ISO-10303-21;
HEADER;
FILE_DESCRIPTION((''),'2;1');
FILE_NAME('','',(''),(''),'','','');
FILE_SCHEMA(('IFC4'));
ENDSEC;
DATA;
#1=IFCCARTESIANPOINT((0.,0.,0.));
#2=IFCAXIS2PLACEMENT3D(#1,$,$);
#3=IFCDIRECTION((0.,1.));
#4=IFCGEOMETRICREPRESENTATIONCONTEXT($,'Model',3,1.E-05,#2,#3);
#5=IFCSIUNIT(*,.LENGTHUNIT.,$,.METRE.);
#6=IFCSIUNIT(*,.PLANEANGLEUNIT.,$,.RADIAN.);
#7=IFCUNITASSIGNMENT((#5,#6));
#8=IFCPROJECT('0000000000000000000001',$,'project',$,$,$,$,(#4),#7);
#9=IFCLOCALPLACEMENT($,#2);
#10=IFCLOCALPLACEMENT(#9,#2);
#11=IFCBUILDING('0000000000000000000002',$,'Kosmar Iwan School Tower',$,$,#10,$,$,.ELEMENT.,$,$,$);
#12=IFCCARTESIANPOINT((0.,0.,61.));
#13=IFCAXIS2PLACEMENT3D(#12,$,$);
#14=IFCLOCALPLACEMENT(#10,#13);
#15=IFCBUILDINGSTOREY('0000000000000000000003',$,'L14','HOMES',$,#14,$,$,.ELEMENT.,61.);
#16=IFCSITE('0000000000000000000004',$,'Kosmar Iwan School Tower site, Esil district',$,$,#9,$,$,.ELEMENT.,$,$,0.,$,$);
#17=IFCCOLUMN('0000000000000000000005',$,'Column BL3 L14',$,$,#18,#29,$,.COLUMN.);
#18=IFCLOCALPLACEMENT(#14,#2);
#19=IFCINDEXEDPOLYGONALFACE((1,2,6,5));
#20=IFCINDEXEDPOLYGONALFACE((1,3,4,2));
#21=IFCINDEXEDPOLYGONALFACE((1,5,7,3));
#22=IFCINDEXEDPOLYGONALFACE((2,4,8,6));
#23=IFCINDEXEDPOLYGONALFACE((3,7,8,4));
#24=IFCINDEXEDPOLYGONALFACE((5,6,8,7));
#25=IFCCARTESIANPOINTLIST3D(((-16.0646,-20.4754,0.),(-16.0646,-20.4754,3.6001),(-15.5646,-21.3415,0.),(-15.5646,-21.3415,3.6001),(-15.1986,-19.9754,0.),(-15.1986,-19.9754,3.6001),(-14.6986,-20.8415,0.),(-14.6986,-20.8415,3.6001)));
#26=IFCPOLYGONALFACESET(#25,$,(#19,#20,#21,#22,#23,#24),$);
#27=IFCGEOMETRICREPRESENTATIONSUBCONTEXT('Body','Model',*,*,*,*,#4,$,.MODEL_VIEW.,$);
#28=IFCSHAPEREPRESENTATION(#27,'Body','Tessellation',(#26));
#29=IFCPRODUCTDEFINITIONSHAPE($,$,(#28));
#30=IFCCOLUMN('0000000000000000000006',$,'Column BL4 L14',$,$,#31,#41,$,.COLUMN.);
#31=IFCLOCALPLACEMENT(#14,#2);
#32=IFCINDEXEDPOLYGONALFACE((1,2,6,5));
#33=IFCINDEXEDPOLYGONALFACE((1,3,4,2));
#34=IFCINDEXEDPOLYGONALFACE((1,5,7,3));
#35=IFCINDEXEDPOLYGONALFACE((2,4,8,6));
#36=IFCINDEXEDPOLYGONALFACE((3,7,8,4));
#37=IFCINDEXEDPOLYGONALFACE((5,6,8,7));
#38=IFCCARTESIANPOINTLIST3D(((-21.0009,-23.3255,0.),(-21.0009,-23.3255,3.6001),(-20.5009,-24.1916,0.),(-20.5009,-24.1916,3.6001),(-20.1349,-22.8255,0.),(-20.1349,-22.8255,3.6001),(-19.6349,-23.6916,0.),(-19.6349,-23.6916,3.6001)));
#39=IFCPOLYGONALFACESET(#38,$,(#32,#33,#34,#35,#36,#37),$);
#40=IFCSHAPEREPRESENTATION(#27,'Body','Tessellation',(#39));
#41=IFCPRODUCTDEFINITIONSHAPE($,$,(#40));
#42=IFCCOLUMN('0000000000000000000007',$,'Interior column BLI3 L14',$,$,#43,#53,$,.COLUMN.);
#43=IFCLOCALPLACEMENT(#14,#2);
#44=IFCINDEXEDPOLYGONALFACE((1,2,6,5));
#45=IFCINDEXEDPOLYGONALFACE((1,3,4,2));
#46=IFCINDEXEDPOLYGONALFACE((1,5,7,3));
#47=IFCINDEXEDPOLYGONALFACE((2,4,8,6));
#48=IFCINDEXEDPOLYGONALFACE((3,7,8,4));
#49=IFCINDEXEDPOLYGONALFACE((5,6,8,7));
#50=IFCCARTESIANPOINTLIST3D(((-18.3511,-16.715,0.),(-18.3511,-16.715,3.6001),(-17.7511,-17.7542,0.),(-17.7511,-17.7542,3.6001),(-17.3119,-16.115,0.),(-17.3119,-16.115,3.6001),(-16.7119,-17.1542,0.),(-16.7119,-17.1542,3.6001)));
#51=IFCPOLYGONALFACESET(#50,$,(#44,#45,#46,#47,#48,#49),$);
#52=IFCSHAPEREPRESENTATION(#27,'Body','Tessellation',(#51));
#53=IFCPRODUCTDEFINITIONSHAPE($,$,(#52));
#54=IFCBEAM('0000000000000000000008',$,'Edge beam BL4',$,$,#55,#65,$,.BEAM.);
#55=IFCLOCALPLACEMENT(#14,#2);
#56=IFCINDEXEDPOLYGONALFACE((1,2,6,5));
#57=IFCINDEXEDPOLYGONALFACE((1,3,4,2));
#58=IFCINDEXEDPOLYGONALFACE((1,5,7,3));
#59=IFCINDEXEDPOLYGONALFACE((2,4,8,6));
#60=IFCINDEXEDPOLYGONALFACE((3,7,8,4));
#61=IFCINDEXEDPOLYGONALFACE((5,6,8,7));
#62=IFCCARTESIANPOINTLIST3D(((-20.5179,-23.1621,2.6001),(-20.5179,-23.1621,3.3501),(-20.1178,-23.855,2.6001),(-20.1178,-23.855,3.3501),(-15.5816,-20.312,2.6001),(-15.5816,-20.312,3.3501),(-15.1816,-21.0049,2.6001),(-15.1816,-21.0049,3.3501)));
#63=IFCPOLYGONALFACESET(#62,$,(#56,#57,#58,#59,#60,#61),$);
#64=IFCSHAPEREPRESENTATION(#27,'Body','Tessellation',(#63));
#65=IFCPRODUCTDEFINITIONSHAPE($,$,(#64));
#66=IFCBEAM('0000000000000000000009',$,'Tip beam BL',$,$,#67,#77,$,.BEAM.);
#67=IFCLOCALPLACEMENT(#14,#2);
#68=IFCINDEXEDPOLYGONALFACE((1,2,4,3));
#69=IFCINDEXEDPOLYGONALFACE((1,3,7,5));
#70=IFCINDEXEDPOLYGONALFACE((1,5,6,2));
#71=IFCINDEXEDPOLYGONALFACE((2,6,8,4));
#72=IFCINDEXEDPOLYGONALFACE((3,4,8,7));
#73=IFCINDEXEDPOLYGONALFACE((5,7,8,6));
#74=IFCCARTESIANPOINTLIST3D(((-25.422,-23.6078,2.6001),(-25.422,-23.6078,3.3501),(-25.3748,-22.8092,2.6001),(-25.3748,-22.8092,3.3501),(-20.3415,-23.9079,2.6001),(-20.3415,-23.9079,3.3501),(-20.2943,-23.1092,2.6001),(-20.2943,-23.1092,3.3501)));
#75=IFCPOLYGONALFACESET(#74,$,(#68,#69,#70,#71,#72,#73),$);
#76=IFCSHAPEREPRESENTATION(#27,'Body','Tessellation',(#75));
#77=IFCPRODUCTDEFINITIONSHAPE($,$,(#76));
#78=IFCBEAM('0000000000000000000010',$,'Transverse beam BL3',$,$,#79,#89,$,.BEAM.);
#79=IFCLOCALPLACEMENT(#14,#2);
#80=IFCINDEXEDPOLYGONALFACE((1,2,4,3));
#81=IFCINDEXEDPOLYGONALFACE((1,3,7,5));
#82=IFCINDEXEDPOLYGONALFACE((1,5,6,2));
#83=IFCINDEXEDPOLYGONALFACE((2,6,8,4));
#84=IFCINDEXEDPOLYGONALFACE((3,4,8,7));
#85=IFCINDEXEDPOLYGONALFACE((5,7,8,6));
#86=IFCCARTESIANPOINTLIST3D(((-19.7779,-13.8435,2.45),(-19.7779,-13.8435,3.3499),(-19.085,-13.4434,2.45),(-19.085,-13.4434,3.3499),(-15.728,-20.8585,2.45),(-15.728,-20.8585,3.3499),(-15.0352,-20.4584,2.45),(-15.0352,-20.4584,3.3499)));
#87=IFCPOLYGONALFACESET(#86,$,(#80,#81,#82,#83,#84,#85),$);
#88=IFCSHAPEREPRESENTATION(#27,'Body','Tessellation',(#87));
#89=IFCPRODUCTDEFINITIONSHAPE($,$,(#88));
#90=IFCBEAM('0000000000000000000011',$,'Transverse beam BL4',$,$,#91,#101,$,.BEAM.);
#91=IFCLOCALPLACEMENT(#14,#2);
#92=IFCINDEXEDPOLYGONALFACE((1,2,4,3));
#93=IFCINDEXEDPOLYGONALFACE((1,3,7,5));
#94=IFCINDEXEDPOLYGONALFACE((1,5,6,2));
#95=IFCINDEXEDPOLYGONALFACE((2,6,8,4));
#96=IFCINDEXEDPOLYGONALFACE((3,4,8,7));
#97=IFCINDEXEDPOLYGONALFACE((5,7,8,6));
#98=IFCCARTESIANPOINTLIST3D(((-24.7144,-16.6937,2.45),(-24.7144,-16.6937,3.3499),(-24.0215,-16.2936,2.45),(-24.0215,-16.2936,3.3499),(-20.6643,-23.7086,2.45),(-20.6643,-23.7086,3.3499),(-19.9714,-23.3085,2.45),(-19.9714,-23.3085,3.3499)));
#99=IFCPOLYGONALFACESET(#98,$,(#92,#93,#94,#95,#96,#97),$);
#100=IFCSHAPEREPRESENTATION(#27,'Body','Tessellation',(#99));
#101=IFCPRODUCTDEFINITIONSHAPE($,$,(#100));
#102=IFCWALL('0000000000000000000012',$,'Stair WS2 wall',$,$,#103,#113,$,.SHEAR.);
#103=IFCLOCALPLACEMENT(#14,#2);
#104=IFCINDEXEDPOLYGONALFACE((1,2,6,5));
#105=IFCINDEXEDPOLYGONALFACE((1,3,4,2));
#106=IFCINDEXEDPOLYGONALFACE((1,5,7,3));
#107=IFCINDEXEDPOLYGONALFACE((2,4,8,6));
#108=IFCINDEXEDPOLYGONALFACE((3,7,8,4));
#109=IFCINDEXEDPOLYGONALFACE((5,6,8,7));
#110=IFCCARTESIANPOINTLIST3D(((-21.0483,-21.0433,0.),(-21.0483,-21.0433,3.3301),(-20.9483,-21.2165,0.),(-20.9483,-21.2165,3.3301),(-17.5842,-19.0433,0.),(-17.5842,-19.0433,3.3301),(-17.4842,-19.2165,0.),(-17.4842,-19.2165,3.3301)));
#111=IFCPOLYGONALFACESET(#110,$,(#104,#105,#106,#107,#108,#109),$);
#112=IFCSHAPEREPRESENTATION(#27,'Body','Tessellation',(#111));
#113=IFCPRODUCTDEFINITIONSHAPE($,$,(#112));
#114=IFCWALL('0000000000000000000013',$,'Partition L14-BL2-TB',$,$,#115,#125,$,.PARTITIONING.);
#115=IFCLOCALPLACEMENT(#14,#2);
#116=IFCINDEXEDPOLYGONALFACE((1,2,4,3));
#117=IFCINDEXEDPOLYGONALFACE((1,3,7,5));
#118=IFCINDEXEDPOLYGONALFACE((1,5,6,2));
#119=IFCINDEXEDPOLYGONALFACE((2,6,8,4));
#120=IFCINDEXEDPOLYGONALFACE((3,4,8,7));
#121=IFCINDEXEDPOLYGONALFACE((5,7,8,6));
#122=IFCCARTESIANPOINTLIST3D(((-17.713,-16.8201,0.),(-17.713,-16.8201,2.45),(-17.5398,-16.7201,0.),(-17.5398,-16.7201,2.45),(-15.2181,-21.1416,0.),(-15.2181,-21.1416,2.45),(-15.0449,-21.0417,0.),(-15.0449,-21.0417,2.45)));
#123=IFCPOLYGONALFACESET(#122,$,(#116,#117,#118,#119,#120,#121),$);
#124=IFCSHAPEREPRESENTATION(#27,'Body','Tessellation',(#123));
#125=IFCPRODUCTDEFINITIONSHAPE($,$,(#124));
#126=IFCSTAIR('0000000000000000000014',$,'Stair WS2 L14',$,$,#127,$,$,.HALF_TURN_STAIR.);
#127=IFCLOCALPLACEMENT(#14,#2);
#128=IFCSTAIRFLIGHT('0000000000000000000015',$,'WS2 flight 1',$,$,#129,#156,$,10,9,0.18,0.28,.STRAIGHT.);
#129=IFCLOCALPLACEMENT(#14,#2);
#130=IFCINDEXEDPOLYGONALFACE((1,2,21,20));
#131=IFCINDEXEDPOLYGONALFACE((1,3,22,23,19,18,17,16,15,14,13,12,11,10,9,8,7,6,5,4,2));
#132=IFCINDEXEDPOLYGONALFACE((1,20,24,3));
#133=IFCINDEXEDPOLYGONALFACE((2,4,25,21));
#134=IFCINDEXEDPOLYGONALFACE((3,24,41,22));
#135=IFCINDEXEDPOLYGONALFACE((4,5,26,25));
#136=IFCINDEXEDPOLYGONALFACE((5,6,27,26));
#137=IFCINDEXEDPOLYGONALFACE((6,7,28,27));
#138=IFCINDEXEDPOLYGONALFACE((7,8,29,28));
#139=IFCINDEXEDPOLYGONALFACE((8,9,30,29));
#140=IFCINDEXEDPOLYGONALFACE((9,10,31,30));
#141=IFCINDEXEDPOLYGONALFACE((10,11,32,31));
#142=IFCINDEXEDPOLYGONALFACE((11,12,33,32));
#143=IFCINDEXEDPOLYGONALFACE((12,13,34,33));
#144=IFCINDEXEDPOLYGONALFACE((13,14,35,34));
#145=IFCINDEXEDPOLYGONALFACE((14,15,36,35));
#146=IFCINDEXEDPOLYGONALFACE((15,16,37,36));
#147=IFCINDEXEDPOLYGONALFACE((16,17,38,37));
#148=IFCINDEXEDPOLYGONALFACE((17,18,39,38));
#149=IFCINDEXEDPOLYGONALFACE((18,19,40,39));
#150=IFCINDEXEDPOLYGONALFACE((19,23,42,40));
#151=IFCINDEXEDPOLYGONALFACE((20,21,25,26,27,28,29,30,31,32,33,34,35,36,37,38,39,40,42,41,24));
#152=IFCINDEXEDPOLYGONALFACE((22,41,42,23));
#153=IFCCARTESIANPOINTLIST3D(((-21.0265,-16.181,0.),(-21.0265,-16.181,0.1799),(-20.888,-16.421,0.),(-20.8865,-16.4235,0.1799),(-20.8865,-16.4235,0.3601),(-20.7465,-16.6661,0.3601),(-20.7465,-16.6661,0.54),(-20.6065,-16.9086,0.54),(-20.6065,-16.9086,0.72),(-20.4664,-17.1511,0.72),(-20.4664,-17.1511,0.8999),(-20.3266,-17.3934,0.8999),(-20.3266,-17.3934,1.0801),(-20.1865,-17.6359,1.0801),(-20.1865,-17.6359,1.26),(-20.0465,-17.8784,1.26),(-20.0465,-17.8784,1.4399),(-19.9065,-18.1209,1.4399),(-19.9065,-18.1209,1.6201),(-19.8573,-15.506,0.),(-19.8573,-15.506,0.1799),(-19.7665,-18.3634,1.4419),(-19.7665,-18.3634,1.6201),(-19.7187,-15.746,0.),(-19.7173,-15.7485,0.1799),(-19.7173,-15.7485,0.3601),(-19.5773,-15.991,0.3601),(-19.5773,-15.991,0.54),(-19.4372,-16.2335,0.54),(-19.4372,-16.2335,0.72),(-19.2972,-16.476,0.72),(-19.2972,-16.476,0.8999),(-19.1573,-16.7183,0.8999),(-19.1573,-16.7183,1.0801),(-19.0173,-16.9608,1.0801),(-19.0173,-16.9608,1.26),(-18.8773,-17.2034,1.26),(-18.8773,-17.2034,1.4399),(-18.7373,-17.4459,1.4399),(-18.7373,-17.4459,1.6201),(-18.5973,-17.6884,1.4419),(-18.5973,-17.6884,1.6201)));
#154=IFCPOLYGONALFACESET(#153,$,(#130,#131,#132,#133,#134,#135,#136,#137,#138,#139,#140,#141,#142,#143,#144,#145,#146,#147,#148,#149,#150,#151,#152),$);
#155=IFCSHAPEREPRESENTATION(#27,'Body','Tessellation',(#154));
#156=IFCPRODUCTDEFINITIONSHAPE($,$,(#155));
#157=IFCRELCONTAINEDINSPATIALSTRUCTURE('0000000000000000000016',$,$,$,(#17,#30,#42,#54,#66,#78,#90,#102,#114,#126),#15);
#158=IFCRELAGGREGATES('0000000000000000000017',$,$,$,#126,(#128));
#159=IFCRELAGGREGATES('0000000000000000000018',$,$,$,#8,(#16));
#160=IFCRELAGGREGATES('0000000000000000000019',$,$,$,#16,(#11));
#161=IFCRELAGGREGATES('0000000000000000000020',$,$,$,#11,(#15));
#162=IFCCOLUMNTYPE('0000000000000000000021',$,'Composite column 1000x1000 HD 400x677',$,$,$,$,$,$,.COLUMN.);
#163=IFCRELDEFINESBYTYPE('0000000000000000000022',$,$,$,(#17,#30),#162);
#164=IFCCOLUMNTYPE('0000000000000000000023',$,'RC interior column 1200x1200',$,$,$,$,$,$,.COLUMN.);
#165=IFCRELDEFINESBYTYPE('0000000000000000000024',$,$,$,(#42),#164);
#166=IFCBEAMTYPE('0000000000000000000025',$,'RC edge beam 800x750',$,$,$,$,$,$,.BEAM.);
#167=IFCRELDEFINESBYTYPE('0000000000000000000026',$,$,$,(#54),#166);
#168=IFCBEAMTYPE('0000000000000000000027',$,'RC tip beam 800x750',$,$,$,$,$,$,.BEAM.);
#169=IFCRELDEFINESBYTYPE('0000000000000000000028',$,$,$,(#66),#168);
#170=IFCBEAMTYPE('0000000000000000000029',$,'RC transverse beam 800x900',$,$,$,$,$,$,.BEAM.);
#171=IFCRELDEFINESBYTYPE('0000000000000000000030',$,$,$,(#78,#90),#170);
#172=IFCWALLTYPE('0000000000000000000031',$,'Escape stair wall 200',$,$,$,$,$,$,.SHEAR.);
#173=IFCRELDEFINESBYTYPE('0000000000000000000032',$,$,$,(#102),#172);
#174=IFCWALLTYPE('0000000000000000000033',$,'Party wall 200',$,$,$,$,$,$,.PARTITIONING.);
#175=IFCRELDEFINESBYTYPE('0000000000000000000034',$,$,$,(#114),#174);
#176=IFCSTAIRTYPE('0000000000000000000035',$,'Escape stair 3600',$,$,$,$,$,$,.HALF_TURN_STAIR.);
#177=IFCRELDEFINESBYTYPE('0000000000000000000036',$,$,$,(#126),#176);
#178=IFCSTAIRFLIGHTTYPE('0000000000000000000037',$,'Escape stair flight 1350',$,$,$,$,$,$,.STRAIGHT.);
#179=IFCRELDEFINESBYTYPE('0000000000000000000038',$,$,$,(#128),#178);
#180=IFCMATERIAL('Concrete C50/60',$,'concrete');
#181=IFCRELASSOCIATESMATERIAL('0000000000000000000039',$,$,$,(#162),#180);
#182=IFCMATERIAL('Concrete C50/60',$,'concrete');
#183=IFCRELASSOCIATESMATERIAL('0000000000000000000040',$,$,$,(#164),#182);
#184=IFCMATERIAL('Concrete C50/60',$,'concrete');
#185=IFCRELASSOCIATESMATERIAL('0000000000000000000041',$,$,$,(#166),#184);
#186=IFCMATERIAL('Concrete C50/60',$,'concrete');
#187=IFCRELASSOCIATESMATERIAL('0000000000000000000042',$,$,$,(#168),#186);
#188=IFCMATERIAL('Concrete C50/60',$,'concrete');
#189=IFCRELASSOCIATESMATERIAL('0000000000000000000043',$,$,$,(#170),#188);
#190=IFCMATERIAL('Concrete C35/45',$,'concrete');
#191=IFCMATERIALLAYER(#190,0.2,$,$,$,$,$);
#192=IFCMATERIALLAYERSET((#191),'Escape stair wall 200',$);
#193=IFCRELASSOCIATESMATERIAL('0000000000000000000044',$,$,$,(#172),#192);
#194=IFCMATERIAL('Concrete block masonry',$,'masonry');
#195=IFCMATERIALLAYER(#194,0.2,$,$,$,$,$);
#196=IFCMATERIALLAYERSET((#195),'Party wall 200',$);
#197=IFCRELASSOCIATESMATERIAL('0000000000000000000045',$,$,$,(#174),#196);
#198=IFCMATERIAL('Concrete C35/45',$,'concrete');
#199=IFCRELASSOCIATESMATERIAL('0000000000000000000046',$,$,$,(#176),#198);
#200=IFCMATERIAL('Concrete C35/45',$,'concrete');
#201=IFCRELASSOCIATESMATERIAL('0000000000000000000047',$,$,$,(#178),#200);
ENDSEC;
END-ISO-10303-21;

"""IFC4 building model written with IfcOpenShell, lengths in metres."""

from ifc_helpers import new_model, si_unit, direction, frame, frame_2d, origin, origin_2d, place, context, subcontext, project, spatial, polyline, rectangle, outline, extrude, material, layer, layer_set, material_profile, profile_set, type_object, element, aggregate, save


model = new_model("IFC4")

# Units and contexts
model_context = context("Model", 3, precision=1e-05, world=origin(), true_north=direction((0.0, 1.0)))
body_context = subcontext(model_context, "Body", "Model", "MODEL_VIEW")
ifc_project = project(units=[si_unit("LENGTHUNIT", "METRE"), si_unit("PLANEANGLEUNIT", "RADIAN")], contexts=[model_context])

# Site, building, storey
site_placement = place(None, origin())
site = spatial("IfcSite", under=ifc_project, at=site_placement, Name="Kosmar Iwan School Tower site, Esil district", CompositionType="ELEMENT", RefElevation=0.0)
building_placement = place(site_placement, origin())
building = spatial("IfcBuilding", under=site, at=building_placement, Name="Kosmar Iwan School Tower", CompositionType="ELEMENT")
storey_placement = place(building_placement, frame((0.0, 0.0, 61.0)))
storey = spatial("IfcBuildingStorey", under=building, at=storey_placement, Name="L14", Description="HOMES", CompositionType="ELEMENT", Elevation=61.0)

# Columns
ifc_material_1 = material(Name="Concrete C50/60", Category="concrete")
ifc_material_profile_1 = material_profile(ifc_material_1, rectangle(XDim=1.0, YDim=1.0, at=origin_2d()), Name="RC 1000x1000 + HD 400x677")
ifc_profile_set_1 = profile_set([ifc_material_profile_1], Name="Concrete C50/60")
column_type_1 = type_object("IfcColumnType", Name="Composite column 1000x1000 HD 400x677", PredefinedType="COLUMN", material=ifc_profile_set_1)
for number, where, z_axis, x_axis, name in (
    (1, (-15.3816, -20.6584, 0.0), (0.0, 0.0, 1.0), (-0.866025, -0.5, 0.0), "Column BL3 L14"),
    (2, (-20.3179, -23.5085, 0.0), (0.0, 0.0, 1.0), (-0.866025, -0.5, 0.0), "Column BL4 L14"),
):
    element("IfcColumn", number, at=place(storey_placement, frame(where, z_axis=z_axis, x_axis=x_axis)), inside=storey, type_object=column_type_1, Name=name, PredefinedType="COLUMN", context=body_context, shape_type="SweptSolid", body=[
        extrude(rectangle(XDim=1.0, YDim=1.0, at=origin_2d()), origin(), (0.0, 0.0, 1.0), 3.6001),
    ])
ifc_material_2 = material(Name="Concrete C50/60", Category="concrete")
ifc_material_profile_2 = material_profile(ifc_material_2, rectangle(XDim=1.2, YDim=1.2, at=origin_2d()), Name="RC 1200x1200")
ifc_profile_set_2 = profile_set([ifc_material_profile_2], Name="Concrete C50/60")
column_type_2 = type_object("IfcColumnType", Name="RC interior column 1200x1200", PredefinedType="COLUMN", material=ifc_profile_set_2)
column_placement = place(storey_placement, frame((-17.5315, -16.9346, 0.0), z_axis=(0.0, 0.0, 1.0), x_axis=(-0.866025, -0.5, 0.0)))
element("IfcColumn", 3, at=column_placement, inside=storey, type_object=column_type_2, Name="Interior column BLI3 L14", PredefinedType="COLUMN", context=body_context, shape_type="SweptSolid", body=[
    extrude(rectangle(XDim=1.2, YDim=1.2, at=origin_2d()), origin(), (0.0, 0.0, 1.0), 3.6001),
])

# Beams
ifc_material_3 = material(Name="Concrete C50/60", Category="concrete")
ifc_material_profile_3 = material_profile(ifc_material_3, rectangle(XDim=0.8, YDim=0.75, at=origin_2d()), Name="RC 800x750")
ifc_profile_set_3 = profile_set([ifc_material_profile_3], Name="Concrete C50/60")
beam_type_1 = type_object("IfcBeamType", Name="RC edge beam 800x750", PredefinedType="BEAM", material=ifc_profile_set_3)
beam_1_placement = place(storey_placement, frame((-15.3816, -20.6584, 2.9751), z_axis=(-0.866015, -0.500018, 0.0), x_axis=(0.500018, -0.866015, 0.0)))
element("IfcBeam", 4, at=beam_1_placement, inside=storey, type_object=beam_type_1, Name="Edge beam BL4", PredefinedType="BEAM", context=body_context, shape_type="SweptSolid", body=[
    extrude(rectangle(XDim=0.8, YDim=0.75, at=origin_2d()), origin(), (0.0, 0.0, 1.0), 5.7),
])
ifc_material_4 = material(Name="Concrete C50/60", Category="concrete")
ifc_material_profile_4 = material_profile(ifc_material_4, rectangle(XDim=0.8, YDim=0.75, at=origin_2d()), Name="RC 800x750")
ifc_profile_set_4 = profile_set([ifc_material_profile_4], Name="Concrete C50/60")
beam_type_2 = type_object("IfcBeamType", Name="RC tip beam 800x750", PredefinedType="BEAM", material=ifc_profile_set_4)
beam_2_placement = place(storey_placement, frame((-20.3179, -23.5085, 2.9751), z_axis=(-0.998261, 0.058955, 0.0), x_axis=(-0.058955, -0.998261, 0.0)))
element("IfcBeam", 5, at=beam_2_placement, inside=storey, type_object=beam_type_2, Name="Tip beam BL", PredefinedType="BEAM", context=body_context, shape_type="SweptSolid", body=[
    extrude(rectangle(XDim=0.8, YDim=0.75, at=origin_2d()), origin(), (0.0, 0.0, 1.0), 5.0894),
])
ifc_material_5 = material(Name="Concrete C50/60", Category="concrete")
ifc_material_profile_5 = material_profile(ifc_material_5, rectangle(XDim=0.8, YDim=0.8999, at=origin_2d()), Name="RC 800x900")
ifc_profile_set_5 = profile_set([ifc_material_profile_5], Name="Concrete C50/60")
beam_type_3 = type_object("IfcBeamType", Name="RC transverse beam 800x900", PredefinedType="BEAM", material=ifc_profile_set_5)
for number, where, z_axis, x_axis, name in (
    (6, (-15.3816, -20.6584, 2.8999), (-0.499977, 0.866039, 0.0), (-0.866039, -0.499977, 0.0), "Transverse beam BL3"),
    (7, (-20.3179, -23.5085, 2.8999), (-0.5, 0.866025, 0.0), (-0.866025, -0.5, 0.0), "Transverse beam BL4"),
):
    element("IfcBeam", number, at=place(storey_placement, frame(where, z_axis=z_axis, x_axis=x_axis)), inside=storey, type_object=beam_type_3, Name=name, PredefinedType="BEAM", context=body_context, shape_type="SweptSolid", body=[
        extrude(rectangle(XDim=0.8, YDim=0.8999, at=origin_2d()), origin(), (0.0, 0.0, 1.0), 8.1001),
    ])

# Walls
ifc_material_6 = material(Name="Concrete C35/45", Category="concrete")
ifc_layer_1 = layer(ifc_material_6, 0.2)
ifc_layer_set_1 = layer_set([ifc_layer_1], Name="Escape stair wall 200")
wall_type_1 = type_object("IfcWallType", Name="Escape stair wall 200", PredefinedType="SHEAR", material=ifc_layer_set_1)
wall_1_placement = place(storey_placement, frame((-17.5342, -19.1299, 0.0), z_axis=(0.0, 0.0, 1.0), x_axis=(-0.866026, -0.499999, 0.0)))
element("IfcWall", 8, at=wall_1_placement, inside=storey, type_object=wall_type_1, Name="Stair WS2 wall", PredefinedType="SHEAR", context=body_context, shape_type="SweptSolid", body=[
    extrude(rectangle(XDim=4.0, YDim=0.2, at=frame_2d((2.0, 0.0))), origin(), (0.0, 0.0, 1.0), 3.3301),
])
ifc_material_7 = material(Name="Concrete block masonry", Category="masonry")
ifc_layer_2 = layer(ifc_material_7, 0.2)
ifc_layer_set_2 = layer_set([ifc_layer_2], Name="Party wall 200")
wall_type_2 = type_object("IfcWallType", Name="Party wall 200", PredefinedType="PARTITIONING", material=ifc_layer_set_2)
wall_2_placement = place(storey_placement, frame((-17.6265, -16.77, 0.0), z_axis=(0.0, 0.0, 1.0), x_axis=(0.499975, -0.86604, 0.0)))
element("IfcWall", 9, at=wall_2_placement, inside=storey, type_object=wall_type_2, Name="Partition L14-BL2-TB", PredefinedType="PARTITIONING", context=body_context, shape_type="SweptSolid", body=[
    extrude(rectangle(XDim=4.99, YDim=0.2, at=frame_2d((2.4951, 0.0))), origin(), (0.0, 0.0, 1.0), 2.45),
])

# Stair, stair flight
ifc_material_8 = material(Name="Concrete C35/45", Category="concrete")
stair_type = type_object("IfcStairType", Name="Escape stair 3600", PredefinedType="HALF_TURN_STAIR", material=ifc_material_8)
stair_placement = place(storey_placement, origin())
stair = element("IfcStair", 10, at=stair_placement, inside=storey, type_object=stair_type, Name="Stair WS2 L14", PredefinedType="HALF_TURN_STAIR")
ifc_material_9 = material(Name="Concrete C35/45", Category="concrete")
stair_flight_type = type_object("IfcStairFlightType", Name="Escape stair flight 1350", PredefinedType="STRAIGHT", material=ifc_material_9)
stair_flight_1_placement = place(storey_placement, frame((-20.4419, -15.8435, 0.0), z_axis=(0.0, 0.0, 1.0), x_axis=(0.5, -0.866025, 0.0)))
stair_flight_1 = element("IfcStairFlight", 11, at=stair_flight_1_placement, type_object=stair_flight_type, Name="WS2 flight 1", NumberOfRisers=10, NumberOfTreads=9, PredefinedType="STRAIGHT", RiserHeight=0.18, TreadLength=0.28, context=body_context, shape_type="SweptSolid", body=[
    extrude(outline(polyline([(0.0, 0.0), (0.0, 0.1799), (0.28, 0.1799), (0.28, 0.3601), (0.5601, 0.3601), (0.5601, 0.54), (0.8401, 0.54), (0.8401, 0.72), (1.1201, 0.72), (1.1201, 0.8999), (1.3999, 0.8999), (1.3999, 1.0801), (1.6799, 1.0801), (1.6799, 1.26), (1.96, 1.26), (1.96, 1.4399), (2.24, 1.4399), (2.24, 1.6201), (2.52, 1.6201), (2.52, 1.8), (2.52, 1.4419), (0.2771, 0.0), (0.0, 0.0)])), frame((0.0, 0.675, 0.0), z_axis=(0.0, -1.0, 0.0), x_axis=(1.0, 0.0, 0.0)), (0.0, 0.0, 1.0), 1.3501),
])
aggregate(stair, [stair_flight_1])

save(model, "model.ifc")
